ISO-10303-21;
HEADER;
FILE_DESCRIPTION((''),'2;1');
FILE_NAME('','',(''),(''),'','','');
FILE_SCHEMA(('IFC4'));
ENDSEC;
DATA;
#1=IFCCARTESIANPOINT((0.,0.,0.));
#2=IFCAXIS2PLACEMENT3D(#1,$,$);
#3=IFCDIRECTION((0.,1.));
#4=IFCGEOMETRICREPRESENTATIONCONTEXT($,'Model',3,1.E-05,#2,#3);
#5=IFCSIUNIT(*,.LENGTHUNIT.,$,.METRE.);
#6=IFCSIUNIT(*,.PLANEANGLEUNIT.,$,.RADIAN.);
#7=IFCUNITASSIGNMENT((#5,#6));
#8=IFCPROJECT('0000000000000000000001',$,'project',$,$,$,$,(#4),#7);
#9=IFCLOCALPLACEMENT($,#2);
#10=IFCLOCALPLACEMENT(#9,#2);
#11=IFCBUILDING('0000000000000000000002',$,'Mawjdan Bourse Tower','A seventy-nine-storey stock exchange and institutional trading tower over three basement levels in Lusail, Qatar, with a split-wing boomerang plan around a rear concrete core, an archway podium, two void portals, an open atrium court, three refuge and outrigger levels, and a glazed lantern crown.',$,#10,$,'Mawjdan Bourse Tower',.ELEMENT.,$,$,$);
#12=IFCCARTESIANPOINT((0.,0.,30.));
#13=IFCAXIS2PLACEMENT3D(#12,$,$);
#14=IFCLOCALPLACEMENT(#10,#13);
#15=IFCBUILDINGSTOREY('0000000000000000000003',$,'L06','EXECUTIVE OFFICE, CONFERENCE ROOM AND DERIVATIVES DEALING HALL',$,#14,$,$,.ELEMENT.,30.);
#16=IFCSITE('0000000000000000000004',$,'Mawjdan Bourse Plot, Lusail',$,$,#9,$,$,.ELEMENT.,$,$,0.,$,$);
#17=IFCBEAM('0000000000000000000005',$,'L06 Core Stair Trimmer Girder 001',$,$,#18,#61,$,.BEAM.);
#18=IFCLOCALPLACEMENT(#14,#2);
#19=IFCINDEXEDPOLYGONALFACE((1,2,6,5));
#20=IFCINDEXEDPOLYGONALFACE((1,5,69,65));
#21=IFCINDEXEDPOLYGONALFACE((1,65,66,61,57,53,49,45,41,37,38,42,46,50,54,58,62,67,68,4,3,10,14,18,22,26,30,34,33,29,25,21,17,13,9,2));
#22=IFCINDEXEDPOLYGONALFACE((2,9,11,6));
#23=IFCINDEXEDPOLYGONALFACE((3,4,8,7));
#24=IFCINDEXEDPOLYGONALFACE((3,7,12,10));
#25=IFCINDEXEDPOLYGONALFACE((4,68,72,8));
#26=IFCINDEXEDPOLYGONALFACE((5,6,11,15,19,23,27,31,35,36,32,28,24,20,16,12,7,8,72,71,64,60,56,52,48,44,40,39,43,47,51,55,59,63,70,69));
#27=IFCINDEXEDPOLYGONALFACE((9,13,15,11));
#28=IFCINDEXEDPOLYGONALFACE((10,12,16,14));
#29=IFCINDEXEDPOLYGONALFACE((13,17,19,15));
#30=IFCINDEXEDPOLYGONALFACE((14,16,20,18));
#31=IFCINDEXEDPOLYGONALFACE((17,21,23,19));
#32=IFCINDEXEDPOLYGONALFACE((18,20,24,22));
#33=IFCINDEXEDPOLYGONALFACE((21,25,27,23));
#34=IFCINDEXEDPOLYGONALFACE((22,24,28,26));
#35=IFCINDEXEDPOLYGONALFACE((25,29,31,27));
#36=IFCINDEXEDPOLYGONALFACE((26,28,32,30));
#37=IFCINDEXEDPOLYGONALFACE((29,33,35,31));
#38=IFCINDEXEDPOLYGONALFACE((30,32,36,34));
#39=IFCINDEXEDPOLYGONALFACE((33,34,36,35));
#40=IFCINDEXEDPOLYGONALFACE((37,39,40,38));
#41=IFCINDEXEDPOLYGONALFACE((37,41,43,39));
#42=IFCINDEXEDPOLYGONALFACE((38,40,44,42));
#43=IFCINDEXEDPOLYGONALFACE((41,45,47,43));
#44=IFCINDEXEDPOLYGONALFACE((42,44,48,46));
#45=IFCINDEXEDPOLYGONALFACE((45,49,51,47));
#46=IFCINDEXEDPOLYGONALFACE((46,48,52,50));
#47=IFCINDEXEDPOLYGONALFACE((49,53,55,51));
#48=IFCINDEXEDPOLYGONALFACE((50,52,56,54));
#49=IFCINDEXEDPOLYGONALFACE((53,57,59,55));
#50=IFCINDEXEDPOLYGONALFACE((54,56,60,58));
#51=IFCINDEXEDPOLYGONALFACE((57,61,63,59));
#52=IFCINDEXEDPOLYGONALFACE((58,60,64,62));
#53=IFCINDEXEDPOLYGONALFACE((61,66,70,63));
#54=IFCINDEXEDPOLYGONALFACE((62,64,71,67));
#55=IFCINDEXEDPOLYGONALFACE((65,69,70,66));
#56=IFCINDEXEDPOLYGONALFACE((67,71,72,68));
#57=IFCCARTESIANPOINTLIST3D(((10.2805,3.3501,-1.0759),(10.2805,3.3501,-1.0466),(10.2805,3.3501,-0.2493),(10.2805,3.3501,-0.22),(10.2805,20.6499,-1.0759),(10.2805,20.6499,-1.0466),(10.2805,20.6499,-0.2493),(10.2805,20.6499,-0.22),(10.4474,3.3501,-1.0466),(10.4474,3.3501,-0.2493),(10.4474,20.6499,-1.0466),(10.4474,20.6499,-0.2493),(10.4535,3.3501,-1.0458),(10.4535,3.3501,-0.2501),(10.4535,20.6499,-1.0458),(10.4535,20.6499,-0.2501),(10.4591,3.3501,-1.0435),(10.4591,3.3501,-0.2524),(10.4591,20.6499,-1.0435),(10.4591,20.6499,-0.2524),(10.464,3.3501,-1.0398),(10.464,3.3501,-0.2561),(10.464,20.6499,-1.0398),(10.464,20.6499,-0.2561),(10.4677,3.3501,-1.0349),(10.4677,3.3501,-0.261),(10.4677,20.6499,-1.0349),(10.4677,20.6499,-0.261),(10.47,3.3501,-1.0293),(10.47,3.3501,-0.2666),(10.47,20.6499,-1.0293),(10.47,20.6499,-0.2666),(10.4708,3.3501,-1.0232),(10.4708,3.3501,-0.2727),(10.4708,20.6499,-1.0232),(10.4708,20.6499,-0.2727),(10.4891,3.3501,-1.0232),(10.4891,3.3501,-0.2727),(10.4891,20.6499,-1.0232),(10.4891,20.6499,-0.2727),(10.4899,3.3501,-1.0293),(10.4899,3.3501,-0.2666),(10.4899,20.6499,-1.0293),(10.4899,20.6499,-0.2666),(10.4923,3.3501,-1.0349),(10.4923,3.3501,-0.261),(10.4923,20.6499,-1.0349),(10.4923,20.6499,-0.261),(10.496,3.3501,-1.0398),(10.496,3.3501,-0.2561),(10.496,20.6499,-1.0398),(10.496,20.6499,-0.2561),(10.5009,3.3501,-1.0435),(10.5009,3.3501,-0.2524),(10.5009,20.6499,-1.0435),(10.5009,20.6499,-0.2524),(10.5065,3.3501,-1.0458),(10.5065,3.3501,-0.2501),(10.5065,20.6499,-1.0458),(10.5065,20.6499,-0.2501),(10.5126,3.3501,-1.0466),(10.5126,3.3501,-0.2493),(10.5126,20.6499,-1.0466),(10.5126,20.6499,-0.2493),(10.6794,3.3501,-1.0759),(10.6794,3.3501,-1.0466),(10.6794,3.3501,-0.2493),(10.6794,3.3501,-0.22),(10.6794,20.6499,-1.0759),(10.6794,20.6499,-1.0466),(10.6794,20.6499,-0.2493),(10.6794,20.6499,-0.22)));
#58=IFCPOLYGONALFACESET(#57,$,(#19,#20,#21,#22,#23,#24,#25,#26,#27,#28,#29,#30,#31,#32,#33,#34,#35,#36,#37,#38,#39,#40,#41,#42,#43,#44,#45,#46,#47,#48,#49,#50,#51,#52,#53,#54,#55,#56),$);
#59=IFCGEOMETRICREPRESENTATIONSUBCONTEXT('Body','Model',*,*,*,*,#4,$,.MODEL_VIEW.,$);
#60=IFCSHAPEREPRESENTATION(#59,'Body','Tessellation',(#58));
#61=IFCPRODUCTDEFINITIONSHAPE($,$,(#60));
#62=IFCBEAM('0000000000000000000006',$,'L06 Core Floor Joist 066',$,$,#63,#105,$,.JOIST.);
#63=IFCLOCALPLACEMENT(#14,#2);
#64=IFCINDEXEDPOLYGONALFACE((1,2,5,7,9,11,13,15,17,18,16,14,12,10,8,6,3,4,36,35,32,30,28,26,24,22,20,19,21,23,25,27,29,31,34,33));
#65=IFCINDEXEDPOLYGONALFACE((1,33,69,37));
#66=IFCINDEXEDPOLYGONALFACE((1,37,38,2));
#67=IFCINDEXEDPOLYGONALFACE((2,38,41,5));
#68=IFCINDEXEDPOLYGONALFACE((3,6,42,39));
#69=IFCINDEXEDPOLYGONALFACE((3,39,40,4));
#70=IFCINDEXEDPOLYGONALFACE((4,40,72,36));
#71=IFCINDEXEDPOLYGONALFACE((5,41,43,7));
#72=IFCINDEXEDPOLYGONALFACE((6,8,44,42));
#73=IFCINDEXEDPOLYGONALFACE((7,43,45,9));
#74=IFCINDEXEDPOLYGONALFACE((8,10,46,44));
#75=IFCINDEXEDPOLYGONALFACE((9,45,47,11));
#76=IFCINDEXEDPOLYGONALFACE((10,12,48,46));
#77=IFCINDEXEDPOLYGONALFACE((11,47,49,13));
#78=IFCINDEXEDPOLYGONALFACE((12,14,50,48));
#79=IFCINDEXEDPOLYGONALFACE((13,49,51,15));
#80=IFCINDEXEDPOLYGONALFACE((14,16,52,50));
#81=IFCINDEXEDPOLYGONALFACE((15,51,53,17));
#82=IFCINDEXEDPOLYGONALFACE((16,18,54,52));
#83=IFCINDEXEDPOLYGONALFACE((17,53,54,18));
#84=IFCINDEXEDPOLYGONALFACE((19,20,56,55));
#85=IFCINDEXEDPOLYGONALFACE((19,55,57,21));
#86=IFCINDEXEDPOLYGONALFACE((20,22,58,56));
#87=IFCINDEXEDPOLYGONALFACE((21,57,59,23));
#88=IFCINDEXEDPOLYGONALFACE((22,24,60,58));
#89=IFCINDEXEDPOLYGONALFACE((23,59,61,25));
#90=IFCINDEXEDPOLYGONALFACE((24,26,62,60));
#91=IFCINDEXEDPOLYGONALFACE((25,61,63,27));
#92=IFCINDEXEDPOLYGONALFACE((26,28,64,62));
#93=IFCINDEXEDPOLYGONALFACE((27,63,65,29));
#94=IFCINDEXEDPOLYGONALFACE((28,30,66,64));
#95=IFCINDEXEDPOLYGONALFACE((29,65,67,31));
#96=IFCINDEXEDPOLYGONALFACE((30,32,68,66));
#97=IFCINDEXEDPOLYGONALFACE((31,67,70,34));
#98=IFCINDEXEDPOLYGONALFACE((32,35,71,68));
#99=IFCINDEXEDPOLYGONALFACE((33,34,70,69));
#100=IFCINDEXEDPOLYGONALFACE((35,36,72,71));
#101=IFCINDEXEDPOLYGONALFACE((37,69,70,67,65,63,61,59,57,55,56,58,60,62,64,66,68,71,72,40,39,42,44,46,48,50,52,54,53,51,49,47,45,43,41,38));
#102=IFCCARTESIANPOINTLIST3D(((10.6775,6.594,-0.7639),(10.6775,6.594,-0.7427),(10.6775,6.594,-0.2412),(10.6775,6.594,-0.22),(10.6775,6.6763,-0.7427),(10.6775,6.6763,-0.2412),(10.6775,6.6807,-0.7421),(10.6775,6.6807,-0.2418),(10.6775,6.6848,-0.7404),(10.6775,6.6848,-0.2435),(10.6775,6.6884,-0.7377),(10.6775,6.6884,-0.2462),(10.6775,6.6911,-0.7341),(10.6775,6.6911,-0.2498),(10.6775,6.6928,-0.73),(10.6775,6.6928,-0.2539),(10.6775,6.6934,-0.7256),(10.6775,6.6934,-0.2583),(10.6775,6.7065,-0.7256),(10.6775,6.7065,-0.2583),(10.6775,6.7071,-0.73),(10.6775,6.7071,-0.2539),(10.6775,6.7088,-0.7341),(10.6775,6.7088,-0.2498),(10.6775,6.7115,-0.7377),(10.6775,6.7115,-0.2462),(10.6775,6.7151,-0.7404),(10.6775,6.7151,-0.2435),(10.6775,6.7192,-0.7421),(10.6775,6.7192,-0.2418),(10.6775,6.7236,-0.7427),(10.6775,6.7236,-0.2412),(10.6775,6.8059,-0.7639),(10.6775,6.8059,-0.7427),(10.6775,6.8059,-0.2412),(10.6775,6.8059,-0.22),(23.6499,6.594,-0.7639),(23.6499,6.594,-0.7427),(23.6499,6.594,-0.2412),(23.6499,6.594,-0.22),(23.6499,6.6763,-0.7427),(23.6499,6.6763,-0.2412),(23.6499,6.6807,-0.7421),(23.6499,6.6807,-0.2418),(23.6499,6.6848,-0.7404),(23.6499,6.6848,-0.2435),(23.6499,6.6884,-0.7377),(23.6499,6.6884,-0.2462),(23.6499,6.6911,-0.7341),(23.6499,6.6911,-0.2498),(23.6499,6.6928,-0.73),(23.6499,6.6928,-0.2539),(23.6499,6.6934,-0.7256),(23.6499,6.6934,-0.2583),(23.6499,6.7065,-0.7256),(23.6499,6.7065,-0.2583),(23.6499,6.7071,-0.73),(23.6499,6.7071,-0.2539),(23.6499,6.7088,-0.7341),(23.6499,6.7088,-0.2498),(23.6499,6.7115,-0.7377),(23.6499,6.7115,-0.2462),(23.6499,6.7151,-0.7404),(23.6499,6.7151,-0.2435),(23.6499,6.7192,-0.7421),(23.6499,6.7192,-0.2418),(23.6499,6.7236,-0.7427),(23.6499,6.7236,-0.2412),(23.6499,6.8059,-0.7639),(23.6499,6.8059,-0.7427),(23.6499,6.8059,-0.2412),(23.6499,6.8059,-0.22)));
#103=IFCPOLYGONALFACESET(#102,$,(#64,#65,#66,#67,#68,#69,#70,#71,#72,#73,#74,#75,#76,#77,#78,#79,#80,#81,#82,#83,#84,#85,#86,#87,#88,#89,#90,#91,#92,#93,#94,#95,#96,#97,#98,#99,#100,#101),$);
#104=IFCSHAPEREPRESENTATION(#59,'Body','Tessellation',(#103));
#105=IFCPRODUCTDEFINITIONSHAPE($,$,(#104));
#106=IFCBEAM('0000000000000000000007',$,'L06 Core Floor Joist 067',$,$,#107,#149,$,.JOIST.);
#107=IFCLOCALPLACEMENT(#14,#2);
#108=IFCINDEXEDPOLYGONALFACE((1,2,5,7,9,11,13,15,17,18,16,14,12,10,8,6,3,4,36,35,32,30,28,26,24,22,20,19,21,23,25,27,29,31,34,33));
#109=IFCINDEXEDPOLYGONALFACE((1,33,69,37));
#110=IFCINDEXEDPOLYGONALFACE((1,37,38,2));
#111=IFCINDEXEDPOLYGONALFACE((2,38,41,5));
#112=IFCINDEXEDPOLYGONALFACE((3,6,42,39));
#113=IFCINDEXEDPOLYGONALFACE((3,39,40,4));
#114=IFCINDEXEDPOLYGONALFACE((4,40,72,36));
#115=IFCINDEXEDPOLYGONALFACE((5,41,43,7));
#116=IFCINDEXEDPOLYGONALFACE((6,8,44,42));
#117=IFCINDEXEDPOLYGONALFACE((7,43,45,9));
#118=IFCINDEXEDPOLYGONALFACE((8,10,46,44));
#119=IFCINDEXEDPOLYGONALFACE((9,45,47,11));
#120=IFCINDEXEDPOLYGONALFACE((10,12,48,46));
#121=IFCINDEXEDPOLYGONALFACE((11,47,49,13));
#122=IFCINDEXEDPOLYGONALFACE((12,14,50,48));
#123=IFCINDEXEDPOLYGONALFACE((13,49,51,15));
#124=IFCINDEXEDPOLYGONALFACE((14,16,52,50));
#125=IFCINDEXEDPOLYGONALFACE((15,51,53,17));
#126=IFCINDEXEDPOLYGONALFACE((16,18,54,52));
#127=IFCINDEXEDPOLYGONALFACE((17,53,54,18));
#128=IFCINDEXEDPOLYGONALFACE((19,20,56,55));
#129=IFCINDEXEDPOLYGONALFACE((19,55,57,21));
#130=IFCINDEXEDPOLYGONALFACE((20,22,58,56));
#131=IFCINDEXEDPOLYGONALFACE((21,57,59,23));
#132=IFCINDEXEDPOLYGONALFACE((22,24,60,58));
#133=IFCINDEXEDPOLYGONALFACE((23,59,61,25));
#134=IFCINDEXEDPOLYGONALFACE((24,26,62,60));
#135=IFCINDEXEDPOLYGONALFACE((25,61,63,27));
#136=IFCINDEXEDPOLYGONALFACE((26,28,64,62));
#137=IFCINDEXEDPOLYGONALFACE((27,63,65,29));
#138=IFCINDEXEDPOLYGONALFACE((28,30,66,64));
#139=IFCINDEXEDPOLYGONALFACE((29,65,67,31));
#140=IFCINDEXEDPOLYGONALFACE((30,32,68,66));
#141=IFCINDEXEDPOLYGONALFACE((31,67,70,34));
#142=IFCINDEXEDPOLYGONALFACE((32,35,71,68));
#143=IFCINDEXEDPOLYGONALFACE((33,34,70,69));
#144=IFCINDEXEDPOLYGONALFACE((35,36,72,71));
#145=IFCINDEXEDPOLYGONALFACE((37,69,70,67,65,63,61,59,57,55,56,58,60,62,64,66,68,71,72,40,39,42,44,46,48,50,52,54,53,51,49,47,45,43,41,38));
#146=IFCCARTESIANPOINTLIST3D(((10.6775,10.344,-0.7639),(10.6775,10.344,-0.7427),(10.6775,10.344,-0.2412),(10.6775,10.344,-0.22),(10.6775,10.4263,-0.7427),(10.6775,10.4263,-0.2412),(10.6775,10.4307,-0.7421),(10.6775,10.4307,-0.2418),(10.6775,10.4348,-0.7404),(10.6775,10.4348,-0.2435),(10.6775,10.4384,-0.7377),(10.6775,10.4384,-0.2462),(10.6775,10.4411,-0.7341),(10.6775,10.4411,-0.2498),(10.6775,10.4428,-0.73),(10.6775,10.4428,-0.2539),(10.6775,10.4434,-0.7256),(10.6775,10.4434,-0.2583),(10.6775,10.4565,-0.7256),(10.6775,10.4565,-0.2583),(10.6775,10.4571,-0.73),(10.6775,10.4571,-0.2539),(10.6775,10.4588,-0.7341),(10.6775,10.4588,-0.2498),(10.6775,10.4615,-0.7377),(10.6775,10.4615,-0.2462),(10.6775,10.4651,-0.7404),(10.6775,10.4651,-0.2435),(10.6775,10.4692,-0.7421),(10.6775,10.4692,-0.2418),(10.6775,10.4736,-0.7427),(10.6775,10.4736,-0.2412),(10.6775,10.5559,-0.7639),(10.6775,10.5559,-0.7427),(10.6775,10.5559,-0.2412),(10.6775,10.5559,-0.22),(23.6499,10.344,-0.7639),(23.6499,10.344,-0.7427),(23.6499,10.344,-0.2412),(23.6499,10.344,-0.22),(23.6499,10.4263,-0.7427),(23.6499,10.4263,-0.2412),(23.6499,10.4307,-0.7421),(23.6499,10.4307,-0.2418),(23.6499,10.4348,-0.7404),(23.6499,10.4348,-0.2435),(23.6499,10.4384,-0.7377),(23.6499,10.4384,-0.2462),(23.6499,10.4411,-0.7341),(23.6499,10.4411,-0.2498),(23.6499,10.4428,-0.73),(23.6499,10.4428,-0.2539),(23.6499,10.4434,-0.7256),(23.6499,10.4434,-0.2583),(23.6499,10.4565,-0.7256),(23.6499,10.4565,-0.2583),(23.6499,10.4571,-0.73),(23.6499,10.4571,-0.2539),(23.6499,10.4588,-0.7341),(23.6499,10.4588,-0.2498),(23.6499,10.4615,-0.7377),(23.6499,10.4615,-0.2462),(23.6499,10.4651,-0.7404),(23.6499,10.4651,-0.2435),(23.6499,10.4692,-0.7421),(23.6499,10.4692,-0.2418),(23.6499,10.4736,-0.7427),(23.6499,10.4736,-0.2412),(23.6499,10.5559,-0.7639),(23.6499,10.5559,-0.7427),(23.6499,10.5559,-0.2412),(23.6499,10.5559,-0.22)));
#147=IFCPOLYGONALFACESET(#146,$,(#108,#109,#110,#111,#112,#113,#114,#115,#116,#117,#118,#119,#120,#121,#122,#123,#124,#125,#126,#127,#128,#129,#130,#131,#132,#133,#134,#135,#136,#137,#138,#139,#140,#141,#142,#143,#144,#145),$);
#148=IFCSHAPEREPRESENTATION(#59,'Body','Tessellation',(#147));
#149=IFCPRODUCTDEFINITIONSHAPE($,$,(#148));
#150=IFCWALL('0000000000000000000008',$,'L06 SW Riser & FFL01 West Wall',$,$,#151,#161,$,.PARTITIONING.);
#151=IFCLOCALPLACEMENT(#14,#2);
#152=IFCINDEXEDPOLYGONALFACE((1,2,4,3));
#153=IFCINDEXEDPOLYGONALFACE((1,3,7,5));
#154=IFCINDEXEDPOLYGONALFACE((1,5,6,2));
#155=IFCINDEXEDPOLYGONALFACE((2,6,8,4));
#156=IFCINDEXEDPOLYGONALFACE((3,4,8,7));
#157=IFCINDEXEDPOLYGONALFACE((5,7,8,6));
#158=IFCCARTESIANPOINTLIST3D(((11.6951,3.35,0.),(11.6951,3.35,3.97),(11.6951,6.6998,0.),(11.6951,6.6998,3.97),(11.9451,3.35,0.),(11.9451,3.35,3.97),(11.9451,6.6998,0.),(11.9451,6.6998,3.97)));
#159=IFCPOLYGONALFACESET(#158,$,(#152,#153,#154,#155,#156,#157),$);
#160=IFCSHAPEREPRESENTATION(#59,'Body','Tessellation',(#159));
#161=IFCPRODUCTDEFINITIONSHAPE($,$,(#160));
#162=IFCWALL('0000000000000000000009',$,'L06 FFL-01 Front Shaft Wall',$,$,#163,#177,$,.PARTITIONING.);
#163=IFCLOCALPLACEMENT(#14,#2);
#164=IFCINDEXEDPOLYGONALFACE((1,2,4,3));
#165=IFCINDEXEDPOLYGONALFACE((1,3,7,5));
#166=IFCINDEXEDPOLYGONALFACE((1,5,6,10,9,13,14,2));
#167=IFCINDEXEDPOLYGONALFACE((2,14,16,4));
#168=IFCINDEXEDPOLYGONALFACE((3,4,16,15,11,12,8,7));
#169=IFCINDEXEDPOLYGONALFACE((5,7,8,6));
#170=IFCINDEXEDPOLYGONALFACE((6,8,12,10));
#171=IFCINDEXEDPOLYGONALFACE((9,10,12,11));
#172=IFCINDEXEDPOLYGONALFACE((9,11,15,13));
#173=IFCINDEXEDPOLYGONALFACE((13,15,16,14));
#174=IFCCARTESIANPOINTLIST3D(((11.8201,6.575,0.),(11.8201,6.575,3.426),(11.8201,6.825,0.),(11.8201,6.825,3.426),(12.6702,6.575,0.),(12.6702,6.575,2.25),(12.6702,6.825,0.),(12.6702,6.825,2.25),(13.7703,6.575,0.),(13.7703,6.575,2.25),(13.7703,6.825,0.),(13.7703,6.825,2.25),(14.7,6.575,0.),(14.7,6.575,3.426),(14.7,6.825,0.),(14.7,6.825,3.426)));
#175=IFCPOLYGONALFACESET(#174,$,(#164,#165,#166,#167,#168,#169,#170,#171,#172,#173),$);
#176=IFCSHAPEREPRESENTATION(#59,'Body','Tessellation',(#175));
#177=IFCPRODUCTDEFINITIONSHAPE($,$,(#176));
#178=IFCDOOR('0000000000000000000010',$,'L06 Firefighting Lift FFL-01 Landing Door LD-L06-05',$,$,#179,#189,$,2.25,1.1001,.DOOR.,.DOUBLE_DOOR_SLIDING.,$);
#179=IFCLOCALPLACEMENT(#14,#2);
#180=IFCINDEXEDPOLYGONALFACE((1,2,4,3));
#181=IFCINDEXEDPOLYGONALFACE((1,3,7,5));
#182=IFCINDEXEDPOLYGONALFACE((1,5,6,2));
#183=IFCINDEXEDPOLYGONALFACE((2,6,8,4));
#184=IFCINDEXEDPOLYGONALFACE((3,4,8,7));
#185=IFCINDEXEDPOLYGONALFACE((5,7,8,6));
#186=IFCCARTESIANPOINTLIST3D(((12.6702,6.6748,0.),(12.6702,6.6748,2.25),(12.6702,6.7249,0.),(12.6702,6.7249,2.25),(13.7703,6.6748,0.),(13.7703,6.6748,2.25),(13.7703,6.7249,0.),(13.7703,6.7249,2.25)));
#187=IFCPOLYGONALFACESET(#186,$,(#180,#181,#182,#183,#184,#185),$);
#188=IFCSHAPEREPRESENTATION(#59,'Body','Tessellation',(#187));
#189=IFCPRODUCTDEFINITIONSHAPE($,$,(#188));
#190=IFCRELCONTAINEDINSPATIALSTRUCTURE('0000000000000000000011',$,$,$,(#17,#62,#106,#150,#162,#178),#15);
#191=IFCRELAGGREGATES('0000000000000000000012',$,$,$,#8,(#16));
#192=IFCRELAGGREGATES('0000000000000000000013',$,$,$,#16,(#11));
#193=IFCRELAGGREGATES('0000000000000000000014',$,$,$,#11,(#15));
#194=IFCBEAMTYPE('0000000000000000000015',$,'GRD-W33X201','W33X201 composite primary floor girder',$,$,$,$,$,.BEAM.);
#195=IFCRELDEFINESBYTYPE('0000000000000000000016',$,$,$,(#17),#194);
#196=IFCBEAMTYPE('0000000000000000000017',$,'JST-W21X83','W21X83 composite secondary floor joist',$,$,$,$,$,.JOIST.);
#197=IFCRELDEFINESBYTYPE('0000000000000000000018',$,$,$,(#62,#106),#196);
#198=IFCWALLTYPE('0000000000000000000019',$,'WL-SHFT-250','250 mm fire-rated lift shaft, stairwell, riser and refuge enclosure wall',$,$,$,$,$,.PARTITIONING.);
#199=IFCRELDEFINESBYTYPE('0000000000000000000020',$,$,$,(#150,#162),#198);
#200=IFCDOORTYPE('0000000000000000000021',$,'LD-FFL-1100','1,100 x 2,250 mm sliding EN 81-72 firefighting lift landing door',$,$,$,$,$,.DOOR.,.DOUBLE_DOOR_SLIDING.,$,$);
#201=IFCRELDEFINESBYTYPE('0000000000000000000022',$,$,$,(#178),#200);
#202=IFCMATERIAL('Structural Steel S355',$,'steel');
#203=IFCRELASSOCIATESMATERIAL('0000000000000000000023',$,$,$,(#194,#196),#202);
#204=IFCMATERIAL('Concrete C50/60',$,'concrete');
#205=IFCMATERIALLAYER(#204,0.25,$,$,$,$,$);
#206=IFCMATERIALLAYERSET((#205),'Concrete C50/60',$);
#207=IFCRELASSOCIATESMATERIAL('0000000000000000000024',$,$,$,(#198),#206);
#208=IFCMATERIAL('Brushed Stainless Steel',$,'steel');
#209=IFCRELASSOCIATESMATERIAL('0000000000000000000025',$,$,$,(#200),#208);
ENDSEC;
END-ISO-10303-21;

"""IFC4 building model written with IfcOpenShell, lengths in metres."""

from ifc_helpers import new_model, si_unit, direction, frame, frame_2d, origin, origin_2d, place, context, subcontext, project, spatial, rectangle, i_section, extrude, material, layer, layer_set, material_profile, profile_set, type_object, element, fill, save


model = new_model("IFC4")

# Units and contexts
model_context = context("Model", 3, precision=1e-05, world=origin(), true_north=direction((0.0, 1.0)))
body_context = subcontext(model_context, "Body", "Model", "MODEL_VIEW")
ifc_project = project(units=[si_unit("LENGTHUNIT", "METRE"), si_unit("PLANEANGLEUNIT", "RADIAN")], contexts=[model_context])

# Site, building, storey
site_placement = place(None, origin())
site = spatial("IfcSite", under=ifc_project, at=site_placement, Name="Mawjdan Bourse Plot, Lusail", CompositionType="ELEMENT", RefElevation=0.0)
building_placement = place(site_placement, origin())
building = spatial("IfcBuilding", under=site, at=building_placement, Name="Mawjdan Bourse Tower", Description="A seventy-nine-storey stock exchange and institutional trading tower over three basement levels in Lusail, Qatar, with a split-wing boomerang plan around a rear concrete core, an archway podium, two void portals, an open atrium court, three refuge and outrigger levels, and a glazed lantern crown.", LongName="Mawjdan Bourse Tower", CompositionType="ELEMENT")
storey_placement = place(building_placement, frame((0.0, 0.0, 30.0)))
storey = spatial("IfcBuildingStorey", under=building, at=storey_placement, Name="L06", Description="EXECUTIVE OFFICE, CONFERENCE ROOM AND DERIVATIVES DEALING HALL", CompositionType="ELEMENT", Elevation=30.0)

# Beams
ifc_material_1 = material(Name="Structural Steel S355", Category="steel")
ifc_material_profile_1 = material_profile(ifc_material_1, i_section(OverallWidth=0.3989, OverallDepth=0.856, WebThickness=0.0183, FlangeThickness=0.0293, FilletRadius=0.0234, at=origin_2d()), Name="W33X201")
ifc_profile_set_1 = profile_set([ifc_material_profile_1], Name="Structural Steel S355")
beam_type_1 = type_object("IfcBeamType", Name="GRD-W33X201", Description="W33X201 composite primary floor girder", PredefinedType="BEAM", material=ifc_profile_set_1)
beam_placement = place(storey_placement, frame((10.48, 3.3501, -0.6479), z_axis=(0.0, 1.0, 0.0), x_axis=(-1.0, 0.0, 0.0)))
element("IfcBeam", 1, at=beam_placement, inside=storey, type_object=beam_type_1, Name="L06 Core Stair Trimmer Girder 001", PredefinedType="BEAM", context=body_context, shape_type="SweptSolid", body=[
    extrude(i_section(OverallWidth=0.3989, OverallDepth=0.856, WebThickness=0.0183, FlangeThickness=0.0293, FilletRadius=0.0234, at=origin_2d()), origin(), (0.0, 0.0, 1.0), 17.2998),
])
ifc_material_profile_2 = material_profile(ifc_material_1, i_section(OverallWidth=0.2119, OverallDepth=0.5439, WebThickness=0.0132, FlangeThickness=0.0212, FilletRadius=0.0171, at=origin_2d()), Name="W21X83")
ifc_profile_set_2 = profile_set([ifc_material_profile_2], Name="Structural Steel S355")
beam_type_2 = type_object("IfcBeamType", Name="JST-W21X83", Description="W21X83 composite secondary floor joist", PredefinedType="JOIST", material=ifc_profile_set_2)
for number, where, z_axis, x_axis, name in (
    (2, (10.6775, 6.7, -0.4919), (1.0, 0.0, 0.0), (0.0, 1.0, 0.0), "L06 Core Floor Joist 066"),
    (3, (10.6775, 10.45, -0.4919), (1.0, 0.0, 0.0), (0.0, 1.0, 0.0), "L06 Core Floor Joist 067"),
):
    element("IfcBeam", number, at=place(storey_placement, frame(where, z_axis=z_axis, x_axis=x_axis)), inside=storey, type_object=beam_type_2, Name=name, PredefinedType="JOIST", context=body_context, shape_type="SweptSolid", body=[
        extrude(i_section(OverallWidth=0.2119, OverallDepth=0.5439, WebThickness=0.0132, FlangeThickness=0.0212, FilletRadius=0.0171, at=origin_2d()), origin(), (0.0, 0.0, 1.0), 12.9724),
    ])

# Wall
ifc_material_2 = material(Name="Concrete C50/60", Category="concrete")
ifc_layer = layer(ifc_material_2, 0.25)
ifc_layer_set = layer_set([ifc_layer], Name="Concrete C50/60")
wall_type = type_object("IfcWallType", Name="WL-SHFT-250", Description="250 mm fire-rated lift shaft, stairwell, riser and refuge enclosure wall", PredefinedType="PARTITIONING", material=ifc_layer_set)
wall_1_placement = place(storey_placement, frame((11.8201, 3.3501, 0.0), z_axis=(0.0, 0.0, 1.0), x_axis=(0.0, 1.0, 0.0)))
element("IfcWall", 4, at=wall_1_placement, inside=storey, type_object=wall_type, Name="L06 SW Riser & FFL01 West Wall", PredefinedType="PARTITIONING", context=body_context, shape_type="SweptSolid", body=[
    extrude(rectangle(XDim=3.3499, YDim=0.25, at=frame_2d((1.6748, 0.0))), origin(), (0.0, 0.0, 1.0), 3.97),
])

# Wall, opening, door
wall_2_placement = place(storey_placement, frame((11.8201, 6.7, 0.0), z_axis=(0.0, 0.0, 1.0), x_axis=(1.0, 0.0, 0.0)))
wall_2 = element("IfcWall", 5, at=wall_2_placement, inside=storey, type_object=wall_type, Name="L06 FFL-01 Front Shaft Wall", PredefinedType="PARTITIONING", context=body_context, shape_type="SweptSolid", body=[
    extrude(rectangle(XDim=2.8799, YDim=0.25, at=frame_2d((1.4399, 0.0))), origin(), (0.0, 0.0, 1.0), 3.426),
])
opening_1_placement = place(wall_2_placement, frame((0.8501, 0.0, 0.0)))
opening_1 = element("IfcOpeningElement", 6, at=opening_1_placement, cuts=wall_2, PredefinedType="OPENING", context=body_context, shape_type="SweptSolid", body=[
    extrude(rectangle(XDim=1.1001, YDim=2.25, at=frame_2d((0.55, 1.125))), frame((0.0, 0.135, 0.0), z_axis=(0.0, -1.0, 0.0), x_axis=(1.0, 0.0, 0.0)), (0.0, 0.0, 1.0), 0.27),
])
ifc_material_3 = material(Name="Brushed Stainless Steel", Category="steel")
door_type_1 = type_object("IfcDoorType", Name="LD-FFL-1100", Description="1,100 x 2,250 mm sliding EN 81-72 firefighting lift landing door", OperationType="DOUBLE_DOOR_SLIDING", PredefinedType="DOOR", material=ifc_material_3)
door_1_placement = place(opening_1_placement, origin())
door_1 = element("IfcDoor", 7, at=door_1_placement, inside=storey, type_object=door_type_1, Name="L06 Firefighting Lift FFL-01 Landing Door LD-L06-05", OperationType="DOUBLE_DOOR_SLIDING", OverallHeight=2.25, OverallWidth=1.1001, PredefinedType="DOOR", context=body_context, shape_type="SweptSolid", body=[
    extrude(rectangle(XDim=1.1001, YDim=2.25, at=frame_2d((0.55, 1.125))), frame((0.0, 0.0249, 0.0), z_axis=(0.0, -1.0, 0.0), x_axis=(1.0, 0.0, 0.0)), (0.0, 0.0, 1.0), 0.05),
])
fill(opening_1, door_1)

save(model, "model.ifc")
